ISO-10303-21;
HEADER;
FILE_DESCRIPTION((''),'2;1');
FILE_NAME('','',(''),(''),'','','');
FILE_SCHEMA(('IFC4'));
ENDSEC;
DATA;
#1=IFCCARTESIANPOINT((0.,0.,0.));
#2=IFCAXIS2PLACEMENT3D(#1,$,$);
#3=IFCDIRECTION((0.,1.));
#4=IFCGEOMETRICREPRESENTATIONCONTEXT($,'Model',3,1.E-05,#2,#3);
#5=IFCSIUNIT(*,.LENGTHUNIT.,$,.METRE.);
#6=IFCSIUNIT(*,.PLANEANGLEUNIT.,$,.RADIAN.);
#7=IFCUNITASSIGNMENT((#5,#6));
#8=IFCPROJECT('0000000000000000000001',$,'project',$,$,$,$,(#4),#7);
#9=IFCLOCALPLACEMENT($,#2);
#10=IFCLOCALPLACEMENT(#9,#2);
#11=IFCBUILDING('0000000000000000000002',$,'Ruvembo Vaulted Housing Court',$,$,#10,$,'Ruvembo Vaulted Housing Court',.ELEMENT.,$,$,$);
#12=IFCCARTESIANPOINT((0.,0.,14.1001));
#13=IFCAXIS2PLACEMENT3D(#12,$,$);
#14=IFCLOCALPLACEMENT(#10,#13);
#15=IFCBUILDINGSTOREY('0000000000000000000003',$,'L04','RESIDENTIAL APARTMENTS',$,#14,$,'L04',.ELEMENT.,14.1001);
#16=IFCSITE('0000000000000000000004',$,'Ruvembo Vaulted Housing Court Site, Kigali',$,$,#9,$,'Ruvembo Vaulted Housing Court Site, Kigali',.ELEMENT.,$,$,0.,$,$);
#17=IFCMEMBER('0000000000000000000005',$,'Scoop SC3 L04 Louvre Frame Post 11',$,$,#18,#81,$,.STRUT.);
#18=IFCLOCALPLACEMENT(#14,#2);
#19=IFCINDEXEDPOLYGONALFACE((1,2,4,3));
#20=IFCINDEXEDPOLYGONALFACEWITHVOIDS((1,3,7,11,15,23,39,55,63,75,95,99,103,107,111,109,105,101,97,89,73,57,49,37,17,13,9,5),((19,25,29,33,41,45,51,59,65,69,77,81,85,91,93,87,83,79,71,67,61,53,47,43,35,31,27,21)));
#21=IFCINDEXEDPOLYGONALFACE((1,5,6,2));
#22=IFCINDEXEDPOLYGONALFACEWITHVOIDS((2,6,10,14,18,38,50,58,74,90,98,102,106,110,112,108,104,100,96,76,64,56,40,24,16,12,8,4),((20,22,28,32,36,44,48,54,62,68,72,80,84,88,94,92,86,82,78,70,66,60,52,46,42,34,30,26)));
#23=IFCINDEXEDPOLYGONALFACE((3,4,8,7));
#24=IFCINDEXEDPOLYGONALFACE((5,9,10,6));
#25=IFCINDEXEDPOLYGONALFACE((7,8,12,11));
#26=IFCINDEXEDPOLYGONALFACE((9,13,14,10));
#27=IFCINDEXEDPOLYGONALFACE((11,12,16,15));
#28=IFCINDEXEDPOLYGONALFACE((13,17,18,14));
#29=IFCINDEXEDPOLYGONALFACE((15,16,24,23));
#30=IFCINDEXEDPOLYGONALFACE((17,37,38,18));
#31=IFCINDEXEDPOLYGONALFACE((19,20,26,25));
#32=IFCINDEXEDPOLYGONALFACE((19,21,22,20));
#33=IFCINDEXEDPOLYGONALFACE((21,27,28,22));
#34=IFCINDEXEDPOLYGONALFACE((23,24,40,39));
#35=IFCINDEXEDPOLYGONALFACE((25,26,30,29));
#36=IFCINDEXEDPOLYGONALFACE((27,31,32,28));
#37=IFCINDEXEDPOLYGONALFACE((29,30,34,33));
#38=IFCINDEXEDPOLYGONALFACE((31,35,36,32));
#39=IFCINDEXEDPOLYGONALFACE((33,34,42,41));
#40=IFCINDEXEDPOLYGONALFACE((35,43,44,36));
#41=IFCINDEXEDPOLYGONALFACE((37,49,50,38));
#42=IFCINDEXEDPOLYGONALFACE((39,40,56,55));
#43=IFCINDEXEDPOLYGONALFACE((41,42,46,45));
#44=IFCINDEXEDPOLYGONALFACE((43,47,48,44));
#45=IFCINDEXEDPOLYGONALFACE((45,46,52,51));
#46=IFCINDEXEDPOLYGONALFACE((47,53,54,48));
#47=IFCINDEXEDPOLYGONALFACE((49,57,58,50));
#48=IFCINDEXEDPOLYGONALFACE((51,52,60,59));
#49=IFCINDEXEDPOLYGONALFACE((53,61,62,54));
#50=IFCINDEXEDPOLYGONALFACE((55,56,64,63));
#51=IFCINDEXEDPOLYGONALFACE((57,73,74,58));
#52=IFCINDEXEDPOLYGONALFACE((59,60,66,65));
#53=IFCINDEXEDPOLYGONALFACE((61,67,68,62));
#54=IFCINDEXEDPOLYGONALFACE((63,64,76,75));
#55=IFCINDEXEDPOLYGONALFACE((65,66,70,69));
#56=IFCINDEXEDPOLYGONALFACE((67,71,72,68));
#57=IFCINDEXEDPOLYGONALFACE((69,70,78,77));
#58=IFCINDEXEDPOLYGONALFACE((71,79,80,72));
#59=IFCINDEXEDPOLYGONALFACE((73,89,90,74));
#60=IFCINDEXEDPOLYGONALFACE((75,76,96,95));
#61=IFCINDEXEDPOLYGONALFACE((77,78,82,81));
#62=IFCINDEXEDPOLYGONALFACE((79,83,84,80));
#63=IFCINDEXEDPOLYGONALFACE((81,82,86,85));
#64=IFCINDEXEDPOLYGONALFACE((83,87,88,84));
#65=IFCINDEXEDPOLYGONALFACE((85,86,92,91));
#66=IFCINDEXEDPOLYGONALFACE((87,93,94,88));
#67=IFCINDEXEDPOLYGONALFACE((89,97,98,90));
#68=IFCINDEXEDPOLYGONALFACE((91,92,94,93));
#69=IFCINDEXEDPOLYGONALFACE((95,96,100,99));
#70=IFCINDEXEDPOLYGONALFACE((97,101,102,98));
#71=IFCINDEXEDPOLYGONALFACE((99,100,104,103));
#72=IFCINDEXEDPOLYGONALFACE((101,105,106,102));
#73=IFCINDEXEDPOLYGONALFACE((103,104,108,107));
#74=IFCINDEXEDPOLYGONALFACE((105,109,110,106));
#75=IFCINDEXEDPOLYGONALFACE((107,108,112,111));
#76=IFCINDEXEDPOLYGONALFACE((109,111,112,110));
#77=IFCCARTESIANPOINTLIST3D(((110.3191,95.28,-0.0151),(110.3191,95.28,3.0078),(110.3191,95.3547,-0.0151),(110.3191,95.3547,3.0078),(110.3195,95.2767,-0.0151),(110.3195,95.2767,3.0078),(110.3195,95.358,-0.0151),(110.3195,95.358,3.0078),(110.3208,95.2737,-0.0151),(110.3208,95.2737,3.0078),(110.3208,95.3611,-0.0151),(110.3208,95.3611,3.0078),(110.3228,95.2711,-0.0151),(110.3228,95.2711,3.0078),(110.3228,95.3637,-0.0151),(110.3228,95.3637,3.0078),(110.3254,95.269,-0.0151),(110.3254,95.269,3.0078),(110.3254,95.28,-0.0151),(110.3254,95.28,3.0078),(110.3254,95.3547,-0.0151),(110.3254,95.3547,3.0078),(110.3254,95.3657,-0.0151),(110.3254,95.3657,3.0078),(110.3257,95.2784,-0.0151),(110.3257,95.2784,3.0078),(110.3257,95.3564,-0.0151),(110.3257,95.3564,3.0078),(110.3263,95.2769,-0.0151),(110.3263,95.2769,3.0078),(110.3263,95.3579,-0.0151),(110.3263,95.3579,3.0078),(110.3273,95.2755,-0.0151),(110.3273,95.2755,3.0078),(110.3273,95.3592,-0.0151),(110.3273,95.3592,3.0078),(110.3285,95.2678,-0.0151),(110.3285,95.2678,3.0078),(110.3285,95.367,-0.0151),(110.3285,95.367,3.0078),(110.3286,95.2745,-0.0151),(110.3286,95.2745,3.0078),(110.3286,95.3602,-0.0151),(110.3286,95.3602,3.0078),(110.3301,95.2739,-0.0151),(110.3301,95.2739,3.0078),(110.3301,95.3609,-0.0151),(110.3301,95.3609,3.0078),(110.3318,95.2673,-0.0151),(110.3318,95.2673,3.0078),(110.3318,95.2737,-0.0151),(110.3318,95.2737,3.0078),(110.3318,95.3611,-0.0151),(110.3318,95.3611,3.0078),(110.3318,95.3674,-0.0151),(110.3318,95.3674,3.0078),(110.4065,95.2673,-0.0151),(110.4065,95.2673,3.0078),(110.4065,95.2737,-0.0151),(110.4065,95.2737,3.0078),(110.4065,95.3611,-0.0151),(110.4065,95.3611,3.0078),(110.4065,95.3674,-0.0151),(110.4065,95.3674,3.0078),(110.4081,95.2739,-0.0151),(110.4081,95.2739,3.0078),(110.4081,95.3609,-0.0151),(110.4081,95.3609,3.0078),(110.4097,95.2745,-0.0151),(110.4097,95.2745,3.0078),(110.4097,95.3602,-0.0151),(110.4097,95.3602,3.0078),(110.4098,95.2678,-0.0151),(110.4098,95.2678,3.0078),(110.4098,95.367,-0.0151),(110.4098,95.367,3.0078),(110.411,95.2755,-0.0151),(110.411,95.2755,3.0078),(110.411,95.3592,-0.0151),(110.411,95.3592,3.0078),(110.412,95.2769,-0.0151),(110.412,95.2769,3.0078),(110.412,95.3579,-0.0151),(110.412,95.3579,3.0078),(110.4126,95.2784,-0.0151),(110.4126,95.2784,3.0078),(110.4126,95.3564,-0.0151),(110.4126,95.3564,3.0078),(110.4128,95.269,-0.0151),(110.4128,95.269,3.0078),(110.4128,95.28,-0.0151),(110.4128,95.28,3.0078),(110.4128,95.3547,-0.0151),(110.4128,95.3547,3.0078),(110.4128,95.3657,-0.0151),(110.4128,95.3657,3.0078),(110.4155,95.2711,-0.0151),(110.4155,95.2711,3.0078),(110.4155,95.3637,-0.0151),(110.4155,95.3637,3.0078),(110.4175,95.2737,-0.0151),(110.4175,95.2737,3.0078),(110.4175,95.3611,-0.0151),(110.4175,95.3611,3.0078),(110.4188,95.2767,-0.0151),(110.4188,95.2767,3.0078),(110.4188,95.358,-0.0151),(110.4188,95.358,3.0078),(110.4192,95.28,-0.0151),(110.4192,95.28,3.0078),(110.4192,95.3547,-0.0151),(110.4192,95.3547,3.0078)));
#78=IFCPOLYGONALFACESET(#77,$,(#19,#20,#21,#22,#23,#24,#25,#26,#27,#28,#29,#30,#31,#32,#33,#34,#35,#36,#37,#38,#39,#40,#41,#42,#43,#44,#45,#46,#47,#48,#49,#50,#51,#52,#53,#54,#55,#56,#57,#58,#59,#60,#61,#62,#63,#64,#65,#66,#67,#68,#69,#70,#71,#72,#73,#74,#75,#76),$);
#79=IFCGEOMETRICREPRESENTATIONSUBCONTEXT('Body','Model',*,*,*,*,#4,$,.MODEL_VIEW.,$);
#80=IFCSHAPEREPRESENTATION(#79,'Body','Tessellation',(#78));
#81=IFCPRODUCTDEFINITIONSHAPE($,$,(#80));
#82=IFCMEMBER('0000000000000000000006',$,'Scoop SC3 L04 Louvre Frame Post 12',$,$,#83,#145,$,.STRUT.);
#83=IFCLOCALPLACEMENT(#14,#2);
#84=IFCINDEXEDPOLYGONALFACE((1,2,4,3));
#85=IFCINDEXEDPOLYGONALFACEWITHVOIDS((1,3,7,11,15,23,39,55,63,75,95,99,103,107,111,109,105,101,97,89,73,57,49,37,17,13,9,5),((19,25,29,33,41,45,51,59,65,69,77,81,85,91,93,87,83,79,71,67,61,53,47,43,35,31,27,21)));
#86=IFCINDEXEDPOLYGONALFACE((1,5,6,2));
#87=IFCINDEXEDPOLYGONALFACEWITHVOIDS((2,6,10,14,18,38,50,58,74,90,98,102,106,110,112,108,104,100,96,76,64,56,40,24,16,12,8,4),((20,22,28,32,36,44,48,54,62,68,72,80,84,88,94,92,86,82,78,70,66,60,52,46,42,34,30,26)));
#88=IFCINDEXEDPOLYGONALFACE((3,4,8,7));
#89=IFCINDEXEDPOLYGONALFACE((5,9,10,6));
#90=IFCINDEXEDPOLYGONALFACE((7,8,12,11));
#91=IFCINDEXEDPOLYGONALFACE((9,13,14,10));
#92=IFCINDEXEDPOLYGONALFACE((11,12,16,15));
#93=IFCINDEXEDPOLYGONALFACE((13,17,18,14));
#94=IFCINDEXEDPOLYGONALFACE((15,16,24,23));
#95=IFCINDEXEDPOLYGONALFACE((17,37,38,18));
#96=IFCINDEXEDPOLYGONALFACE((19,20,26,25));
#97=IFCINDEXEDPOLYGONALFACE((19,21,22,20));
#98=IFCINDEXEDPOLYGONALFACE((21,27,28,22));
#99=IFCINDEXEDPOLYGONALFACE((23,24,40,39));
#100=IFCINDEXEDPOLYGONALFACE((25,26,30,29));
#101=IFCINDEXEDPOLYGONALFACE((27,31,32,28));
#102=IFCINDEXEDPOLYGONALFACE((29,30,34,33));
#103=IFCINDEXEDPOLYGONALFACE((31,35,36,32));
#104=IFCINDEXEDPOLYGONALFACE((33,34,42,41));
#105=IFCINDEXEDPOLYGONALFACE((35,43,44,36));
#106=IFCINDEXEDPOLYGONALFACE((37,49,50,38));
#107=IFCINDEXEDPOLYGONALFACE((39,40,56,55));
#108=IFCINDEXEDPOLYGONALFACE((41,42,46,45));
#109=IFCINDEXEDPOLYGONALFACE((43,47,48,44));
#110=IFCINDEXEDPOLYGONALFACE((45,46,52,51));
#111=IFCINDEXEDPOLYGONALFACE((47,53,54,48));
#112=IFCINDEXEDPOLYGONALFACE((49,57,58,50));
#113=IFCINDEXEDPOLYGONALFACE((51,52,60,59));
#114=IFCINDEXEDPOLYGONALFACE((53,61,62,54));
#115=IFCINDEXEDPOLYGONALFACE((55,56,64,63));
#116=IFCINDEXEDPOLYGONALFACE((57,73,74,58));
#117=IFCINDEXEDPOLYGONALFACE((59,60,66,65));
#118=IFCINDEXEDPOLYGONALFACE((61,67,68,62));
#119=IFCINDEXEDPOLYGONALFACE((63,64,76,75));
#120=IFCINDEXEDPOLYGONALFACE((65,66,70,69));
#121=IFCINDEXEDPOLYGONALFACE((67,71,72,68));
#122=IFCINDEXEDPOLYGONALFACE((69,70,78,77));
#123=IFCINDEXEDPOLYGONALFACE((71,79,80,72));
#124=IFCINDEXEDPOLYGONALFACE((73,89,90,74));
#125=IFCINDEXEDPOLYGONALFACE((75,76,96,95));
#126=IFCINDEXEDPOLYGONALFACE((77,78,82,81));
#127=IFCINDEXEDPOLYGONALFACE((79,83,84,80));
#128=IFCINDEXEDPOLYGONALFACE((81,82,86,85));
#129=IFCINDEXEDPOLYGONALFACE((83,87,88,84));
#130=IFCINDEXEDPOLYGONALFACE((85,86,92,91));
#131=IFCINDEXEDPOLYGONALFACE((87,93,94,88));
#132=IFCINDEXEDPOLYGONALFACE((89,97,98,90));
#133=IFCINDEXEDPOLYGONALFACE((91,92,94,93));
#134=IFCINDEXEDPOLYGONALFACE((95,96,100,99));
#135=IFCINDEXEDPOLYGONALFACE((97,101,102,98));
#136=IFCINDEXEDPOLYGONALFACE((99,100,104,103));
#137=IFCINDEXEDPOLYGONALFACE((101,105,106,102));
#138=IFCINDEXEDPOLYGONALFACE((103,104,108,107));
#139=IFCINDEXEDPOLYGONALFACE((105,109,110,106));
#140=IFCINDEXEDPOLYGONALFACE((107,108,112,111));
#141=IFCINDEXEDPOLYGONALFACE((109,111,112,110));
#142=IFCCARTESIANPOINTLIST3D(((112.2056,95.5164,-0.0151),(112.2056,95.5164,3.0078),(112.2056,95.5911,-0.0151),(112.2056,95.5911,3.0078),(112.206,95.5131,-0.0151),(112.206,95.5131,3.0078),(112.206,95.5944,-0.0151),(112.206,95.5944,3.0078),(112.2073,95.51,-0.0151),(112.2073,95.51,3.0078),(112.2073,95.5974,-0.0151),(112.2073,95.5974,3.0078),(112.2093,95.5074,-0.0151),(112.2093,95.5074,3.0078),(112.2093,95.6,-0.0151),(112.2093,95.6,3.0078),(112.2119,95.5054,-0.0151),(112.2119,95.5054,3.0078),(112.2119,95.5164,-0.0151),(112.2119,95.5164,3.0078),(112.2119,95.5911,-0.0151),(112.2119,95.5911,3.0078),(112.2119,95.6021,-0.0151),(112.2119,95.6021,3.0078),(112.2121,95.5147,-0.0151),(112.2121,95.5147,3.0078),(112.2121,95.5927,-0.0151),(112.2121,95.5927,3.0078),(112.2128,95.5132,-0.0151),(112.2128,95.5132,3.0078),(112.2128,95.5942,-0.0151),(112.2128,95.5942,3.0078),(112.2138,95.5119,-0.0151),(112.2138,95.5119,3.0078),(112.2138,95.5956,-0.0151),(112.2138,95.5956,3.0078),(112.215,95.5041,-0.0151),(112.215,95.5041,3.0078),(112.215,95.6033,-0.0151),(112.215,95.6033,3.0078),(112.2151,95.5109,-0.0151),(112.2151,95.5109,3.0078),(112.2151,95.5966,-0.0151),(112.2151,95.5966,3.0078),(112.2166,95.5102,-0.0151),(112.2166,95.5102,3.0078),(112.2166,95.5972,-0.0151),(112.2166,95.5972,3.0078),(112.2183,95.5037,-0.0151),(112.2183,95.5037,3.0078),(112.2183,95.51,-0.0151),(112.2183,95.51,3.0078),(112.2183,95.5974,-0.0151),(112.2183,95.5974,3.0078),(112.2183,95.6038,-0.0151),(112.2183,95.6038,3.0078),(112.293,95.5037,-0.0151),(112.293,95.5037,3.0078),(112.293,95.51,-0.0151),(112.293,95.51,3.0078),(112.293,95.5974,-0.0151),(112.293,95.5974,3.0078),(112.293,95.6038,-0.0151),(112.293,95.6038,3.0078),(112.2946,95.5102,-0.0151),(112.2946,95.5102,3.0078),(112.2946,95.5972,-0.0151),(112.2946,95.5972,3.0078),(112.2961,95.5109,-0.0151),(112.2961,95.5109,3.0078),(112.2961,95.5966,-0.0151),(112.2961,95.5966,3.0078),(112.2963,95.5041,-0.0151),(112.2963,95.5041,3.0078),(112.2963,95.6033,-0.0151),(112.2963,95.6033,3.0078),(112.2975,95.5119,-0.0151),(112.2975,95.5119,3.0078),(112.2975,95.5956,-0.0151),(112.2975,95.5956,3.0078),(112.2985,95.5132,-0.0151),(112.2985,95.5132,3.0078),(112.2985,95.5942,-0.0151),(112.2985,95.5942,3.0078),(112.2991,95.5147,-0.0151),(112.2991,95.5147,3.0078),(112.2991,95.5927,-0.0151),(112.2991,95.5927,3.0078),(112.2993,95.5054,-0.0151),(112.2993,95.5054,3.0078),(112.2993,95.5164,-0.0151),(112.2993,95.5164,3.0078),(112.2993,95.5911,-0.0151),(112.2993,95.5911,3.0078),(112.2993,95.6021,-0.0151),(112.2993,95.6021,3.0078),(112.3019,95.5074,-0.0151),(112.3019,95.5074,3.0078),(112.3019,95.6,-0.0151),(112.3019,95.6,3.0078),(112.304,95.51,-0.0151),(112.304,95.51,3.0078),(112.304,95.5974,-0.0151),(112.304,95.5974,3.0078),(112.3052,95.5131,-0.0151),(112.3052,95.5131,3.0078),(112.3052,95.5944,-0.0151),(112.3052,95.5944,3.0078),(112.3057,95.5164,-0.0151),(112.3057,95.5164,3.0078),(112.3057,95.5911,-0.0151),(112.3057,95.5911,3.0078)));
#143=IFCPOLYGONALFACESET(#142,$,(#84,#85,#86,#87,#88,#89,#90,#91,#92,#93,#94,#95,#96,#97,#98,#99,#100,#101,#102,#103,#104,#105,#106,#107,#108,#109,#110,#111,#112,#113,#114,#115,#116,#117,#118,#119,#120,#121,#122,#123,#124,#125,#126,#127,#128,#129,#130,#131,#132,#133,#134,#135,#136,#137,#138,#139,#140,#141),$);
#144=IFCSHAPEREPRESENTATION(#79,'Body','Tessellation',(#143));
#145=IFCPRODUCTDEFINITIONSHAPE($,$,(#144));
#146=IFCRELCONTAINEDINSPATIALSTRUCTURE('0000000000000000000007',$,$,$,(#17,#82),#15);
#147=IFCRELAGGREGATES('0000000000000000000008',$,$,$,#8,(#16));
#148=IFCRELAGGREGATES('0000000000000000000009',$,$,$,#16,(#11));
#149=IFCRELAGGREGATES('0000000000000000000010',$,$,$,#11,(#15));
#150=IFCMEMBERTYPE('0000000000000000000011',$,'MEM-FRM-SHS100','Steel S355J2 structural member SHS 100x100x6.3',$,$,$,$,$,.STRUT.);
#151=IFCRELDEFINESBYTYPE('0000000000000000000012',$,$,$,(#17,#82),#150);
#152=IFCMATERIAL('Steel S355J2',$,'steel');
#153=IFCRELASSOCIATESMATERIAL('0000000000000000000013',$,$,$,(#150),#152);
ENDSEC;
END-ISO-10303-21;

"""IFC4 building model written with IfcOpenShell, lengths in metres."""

from ifc_helpers import new_model, si_unit, direction, frame, origin, origin_2d, place, context, subcontext, project, spatial, hollow_rectangle, extrude, material, material_profile, profile_set, type_object, element, save


model = new_model("IFC4")

# Units and contexts
model_context = context("Model", 3, precision=1e-05, world=origin(), true_north=direction((0.0, 1.0)))
body_context = subcontext(model_context, "Body", "Model", "MODEL_VIEW")
ifc_project = project(units=[si_unit("LENGTHUNIT", "METRE"), si_unit("PLANEANGLEUNIT", "RADIAN")], contexts=[model_context])

# Site, building, storey
site_placement = place(None, origin())
site = spatial("IfcSite", under=ifc_project, at=site_placement, Name="Ruvembo Vaulted Housing Court Site, Kigali", LongName="Ruvembo Vaulted Housing Court Site, Kigali", CompositionType="ELEMENT", RefElevation=0.0)
building_placement = place(site_placement, origin())
building = spatial("IfcBuilding", under=site, at=building_placement, Name="Ruvembo Vaulted Housing Court", LongName="Ruvembo Vaulted Housing Court", CompositionType="ELEMENT")
storey_placement = place(building_placement, frame((0.0, 0.0, 14.1001)))
storey = spatial("IfcBuildingStorey", under=building, at=storey_placement, Name="L04", Description="RESIDENTIAL APARTMENTS", LongName="L04", CompositionType="ELEMENT", Elevation=14.1001)

# Shared definitions
ifc_material_1 = material(Name="Steel S355J2", Category="steel")

# Members
ifc_material_profile_1 = material_profile(ifc_material_1, hollow_rectangle(XDim=0.1001, YDim=0.1001, WallThickness=0.0063, InnerFilletRadius=0.0063, OuterFilletRadius=0.0127, at=origin_2d()), Name="SHS 100x100x6.3")
ifc_profile_set_1 = profile_set([ifc_material_profile_1], Name="Steel S355J2")
member_type_1 = type_object("IfcMemberType", Name="MEM-FRM-SHS100", Description="Steel S355J2 structural member SHS 100x100x6.3", PredefinedType="STRUT", material=ifc_profile_set_1)
for number, where, z_axis, x_axis, name in (
    (1, (110.3691, 95.3174, -0.0151), (0.0, 0.0, 1.0), (1.0, 0.0, 0.0), "Scoop SC3 L04 Louvre Frame Post 11"),
    (2, (112.2556, 95.5537, -0.0151), (0.0, 0.0, 1.0), (1.0, 0.0, 0.0), "Scoop SC3 L04 Louvre Frame Post 12"),
):
    element("IfcMember", number, at=place(storey_placement, frame(where, z_axis=z_axis, x_axis=x_axis)), inside=storey, type_object=member_type_1, Name=name, PredefinedType="STRUT", context=body_context, shape_type="SweptSolid", body=[
        extrude(hollow_rectangle(XDim=0.1001, YDim=0.1001, WallThickness=0.0063, InnerFilletRadius=0.0063, OuterFilletRadius=0.0127, at=origin_2d()), origin(), (0.0, 0.0, 1.0), 3.0229),
    ])

save(model, "model.ifc")
